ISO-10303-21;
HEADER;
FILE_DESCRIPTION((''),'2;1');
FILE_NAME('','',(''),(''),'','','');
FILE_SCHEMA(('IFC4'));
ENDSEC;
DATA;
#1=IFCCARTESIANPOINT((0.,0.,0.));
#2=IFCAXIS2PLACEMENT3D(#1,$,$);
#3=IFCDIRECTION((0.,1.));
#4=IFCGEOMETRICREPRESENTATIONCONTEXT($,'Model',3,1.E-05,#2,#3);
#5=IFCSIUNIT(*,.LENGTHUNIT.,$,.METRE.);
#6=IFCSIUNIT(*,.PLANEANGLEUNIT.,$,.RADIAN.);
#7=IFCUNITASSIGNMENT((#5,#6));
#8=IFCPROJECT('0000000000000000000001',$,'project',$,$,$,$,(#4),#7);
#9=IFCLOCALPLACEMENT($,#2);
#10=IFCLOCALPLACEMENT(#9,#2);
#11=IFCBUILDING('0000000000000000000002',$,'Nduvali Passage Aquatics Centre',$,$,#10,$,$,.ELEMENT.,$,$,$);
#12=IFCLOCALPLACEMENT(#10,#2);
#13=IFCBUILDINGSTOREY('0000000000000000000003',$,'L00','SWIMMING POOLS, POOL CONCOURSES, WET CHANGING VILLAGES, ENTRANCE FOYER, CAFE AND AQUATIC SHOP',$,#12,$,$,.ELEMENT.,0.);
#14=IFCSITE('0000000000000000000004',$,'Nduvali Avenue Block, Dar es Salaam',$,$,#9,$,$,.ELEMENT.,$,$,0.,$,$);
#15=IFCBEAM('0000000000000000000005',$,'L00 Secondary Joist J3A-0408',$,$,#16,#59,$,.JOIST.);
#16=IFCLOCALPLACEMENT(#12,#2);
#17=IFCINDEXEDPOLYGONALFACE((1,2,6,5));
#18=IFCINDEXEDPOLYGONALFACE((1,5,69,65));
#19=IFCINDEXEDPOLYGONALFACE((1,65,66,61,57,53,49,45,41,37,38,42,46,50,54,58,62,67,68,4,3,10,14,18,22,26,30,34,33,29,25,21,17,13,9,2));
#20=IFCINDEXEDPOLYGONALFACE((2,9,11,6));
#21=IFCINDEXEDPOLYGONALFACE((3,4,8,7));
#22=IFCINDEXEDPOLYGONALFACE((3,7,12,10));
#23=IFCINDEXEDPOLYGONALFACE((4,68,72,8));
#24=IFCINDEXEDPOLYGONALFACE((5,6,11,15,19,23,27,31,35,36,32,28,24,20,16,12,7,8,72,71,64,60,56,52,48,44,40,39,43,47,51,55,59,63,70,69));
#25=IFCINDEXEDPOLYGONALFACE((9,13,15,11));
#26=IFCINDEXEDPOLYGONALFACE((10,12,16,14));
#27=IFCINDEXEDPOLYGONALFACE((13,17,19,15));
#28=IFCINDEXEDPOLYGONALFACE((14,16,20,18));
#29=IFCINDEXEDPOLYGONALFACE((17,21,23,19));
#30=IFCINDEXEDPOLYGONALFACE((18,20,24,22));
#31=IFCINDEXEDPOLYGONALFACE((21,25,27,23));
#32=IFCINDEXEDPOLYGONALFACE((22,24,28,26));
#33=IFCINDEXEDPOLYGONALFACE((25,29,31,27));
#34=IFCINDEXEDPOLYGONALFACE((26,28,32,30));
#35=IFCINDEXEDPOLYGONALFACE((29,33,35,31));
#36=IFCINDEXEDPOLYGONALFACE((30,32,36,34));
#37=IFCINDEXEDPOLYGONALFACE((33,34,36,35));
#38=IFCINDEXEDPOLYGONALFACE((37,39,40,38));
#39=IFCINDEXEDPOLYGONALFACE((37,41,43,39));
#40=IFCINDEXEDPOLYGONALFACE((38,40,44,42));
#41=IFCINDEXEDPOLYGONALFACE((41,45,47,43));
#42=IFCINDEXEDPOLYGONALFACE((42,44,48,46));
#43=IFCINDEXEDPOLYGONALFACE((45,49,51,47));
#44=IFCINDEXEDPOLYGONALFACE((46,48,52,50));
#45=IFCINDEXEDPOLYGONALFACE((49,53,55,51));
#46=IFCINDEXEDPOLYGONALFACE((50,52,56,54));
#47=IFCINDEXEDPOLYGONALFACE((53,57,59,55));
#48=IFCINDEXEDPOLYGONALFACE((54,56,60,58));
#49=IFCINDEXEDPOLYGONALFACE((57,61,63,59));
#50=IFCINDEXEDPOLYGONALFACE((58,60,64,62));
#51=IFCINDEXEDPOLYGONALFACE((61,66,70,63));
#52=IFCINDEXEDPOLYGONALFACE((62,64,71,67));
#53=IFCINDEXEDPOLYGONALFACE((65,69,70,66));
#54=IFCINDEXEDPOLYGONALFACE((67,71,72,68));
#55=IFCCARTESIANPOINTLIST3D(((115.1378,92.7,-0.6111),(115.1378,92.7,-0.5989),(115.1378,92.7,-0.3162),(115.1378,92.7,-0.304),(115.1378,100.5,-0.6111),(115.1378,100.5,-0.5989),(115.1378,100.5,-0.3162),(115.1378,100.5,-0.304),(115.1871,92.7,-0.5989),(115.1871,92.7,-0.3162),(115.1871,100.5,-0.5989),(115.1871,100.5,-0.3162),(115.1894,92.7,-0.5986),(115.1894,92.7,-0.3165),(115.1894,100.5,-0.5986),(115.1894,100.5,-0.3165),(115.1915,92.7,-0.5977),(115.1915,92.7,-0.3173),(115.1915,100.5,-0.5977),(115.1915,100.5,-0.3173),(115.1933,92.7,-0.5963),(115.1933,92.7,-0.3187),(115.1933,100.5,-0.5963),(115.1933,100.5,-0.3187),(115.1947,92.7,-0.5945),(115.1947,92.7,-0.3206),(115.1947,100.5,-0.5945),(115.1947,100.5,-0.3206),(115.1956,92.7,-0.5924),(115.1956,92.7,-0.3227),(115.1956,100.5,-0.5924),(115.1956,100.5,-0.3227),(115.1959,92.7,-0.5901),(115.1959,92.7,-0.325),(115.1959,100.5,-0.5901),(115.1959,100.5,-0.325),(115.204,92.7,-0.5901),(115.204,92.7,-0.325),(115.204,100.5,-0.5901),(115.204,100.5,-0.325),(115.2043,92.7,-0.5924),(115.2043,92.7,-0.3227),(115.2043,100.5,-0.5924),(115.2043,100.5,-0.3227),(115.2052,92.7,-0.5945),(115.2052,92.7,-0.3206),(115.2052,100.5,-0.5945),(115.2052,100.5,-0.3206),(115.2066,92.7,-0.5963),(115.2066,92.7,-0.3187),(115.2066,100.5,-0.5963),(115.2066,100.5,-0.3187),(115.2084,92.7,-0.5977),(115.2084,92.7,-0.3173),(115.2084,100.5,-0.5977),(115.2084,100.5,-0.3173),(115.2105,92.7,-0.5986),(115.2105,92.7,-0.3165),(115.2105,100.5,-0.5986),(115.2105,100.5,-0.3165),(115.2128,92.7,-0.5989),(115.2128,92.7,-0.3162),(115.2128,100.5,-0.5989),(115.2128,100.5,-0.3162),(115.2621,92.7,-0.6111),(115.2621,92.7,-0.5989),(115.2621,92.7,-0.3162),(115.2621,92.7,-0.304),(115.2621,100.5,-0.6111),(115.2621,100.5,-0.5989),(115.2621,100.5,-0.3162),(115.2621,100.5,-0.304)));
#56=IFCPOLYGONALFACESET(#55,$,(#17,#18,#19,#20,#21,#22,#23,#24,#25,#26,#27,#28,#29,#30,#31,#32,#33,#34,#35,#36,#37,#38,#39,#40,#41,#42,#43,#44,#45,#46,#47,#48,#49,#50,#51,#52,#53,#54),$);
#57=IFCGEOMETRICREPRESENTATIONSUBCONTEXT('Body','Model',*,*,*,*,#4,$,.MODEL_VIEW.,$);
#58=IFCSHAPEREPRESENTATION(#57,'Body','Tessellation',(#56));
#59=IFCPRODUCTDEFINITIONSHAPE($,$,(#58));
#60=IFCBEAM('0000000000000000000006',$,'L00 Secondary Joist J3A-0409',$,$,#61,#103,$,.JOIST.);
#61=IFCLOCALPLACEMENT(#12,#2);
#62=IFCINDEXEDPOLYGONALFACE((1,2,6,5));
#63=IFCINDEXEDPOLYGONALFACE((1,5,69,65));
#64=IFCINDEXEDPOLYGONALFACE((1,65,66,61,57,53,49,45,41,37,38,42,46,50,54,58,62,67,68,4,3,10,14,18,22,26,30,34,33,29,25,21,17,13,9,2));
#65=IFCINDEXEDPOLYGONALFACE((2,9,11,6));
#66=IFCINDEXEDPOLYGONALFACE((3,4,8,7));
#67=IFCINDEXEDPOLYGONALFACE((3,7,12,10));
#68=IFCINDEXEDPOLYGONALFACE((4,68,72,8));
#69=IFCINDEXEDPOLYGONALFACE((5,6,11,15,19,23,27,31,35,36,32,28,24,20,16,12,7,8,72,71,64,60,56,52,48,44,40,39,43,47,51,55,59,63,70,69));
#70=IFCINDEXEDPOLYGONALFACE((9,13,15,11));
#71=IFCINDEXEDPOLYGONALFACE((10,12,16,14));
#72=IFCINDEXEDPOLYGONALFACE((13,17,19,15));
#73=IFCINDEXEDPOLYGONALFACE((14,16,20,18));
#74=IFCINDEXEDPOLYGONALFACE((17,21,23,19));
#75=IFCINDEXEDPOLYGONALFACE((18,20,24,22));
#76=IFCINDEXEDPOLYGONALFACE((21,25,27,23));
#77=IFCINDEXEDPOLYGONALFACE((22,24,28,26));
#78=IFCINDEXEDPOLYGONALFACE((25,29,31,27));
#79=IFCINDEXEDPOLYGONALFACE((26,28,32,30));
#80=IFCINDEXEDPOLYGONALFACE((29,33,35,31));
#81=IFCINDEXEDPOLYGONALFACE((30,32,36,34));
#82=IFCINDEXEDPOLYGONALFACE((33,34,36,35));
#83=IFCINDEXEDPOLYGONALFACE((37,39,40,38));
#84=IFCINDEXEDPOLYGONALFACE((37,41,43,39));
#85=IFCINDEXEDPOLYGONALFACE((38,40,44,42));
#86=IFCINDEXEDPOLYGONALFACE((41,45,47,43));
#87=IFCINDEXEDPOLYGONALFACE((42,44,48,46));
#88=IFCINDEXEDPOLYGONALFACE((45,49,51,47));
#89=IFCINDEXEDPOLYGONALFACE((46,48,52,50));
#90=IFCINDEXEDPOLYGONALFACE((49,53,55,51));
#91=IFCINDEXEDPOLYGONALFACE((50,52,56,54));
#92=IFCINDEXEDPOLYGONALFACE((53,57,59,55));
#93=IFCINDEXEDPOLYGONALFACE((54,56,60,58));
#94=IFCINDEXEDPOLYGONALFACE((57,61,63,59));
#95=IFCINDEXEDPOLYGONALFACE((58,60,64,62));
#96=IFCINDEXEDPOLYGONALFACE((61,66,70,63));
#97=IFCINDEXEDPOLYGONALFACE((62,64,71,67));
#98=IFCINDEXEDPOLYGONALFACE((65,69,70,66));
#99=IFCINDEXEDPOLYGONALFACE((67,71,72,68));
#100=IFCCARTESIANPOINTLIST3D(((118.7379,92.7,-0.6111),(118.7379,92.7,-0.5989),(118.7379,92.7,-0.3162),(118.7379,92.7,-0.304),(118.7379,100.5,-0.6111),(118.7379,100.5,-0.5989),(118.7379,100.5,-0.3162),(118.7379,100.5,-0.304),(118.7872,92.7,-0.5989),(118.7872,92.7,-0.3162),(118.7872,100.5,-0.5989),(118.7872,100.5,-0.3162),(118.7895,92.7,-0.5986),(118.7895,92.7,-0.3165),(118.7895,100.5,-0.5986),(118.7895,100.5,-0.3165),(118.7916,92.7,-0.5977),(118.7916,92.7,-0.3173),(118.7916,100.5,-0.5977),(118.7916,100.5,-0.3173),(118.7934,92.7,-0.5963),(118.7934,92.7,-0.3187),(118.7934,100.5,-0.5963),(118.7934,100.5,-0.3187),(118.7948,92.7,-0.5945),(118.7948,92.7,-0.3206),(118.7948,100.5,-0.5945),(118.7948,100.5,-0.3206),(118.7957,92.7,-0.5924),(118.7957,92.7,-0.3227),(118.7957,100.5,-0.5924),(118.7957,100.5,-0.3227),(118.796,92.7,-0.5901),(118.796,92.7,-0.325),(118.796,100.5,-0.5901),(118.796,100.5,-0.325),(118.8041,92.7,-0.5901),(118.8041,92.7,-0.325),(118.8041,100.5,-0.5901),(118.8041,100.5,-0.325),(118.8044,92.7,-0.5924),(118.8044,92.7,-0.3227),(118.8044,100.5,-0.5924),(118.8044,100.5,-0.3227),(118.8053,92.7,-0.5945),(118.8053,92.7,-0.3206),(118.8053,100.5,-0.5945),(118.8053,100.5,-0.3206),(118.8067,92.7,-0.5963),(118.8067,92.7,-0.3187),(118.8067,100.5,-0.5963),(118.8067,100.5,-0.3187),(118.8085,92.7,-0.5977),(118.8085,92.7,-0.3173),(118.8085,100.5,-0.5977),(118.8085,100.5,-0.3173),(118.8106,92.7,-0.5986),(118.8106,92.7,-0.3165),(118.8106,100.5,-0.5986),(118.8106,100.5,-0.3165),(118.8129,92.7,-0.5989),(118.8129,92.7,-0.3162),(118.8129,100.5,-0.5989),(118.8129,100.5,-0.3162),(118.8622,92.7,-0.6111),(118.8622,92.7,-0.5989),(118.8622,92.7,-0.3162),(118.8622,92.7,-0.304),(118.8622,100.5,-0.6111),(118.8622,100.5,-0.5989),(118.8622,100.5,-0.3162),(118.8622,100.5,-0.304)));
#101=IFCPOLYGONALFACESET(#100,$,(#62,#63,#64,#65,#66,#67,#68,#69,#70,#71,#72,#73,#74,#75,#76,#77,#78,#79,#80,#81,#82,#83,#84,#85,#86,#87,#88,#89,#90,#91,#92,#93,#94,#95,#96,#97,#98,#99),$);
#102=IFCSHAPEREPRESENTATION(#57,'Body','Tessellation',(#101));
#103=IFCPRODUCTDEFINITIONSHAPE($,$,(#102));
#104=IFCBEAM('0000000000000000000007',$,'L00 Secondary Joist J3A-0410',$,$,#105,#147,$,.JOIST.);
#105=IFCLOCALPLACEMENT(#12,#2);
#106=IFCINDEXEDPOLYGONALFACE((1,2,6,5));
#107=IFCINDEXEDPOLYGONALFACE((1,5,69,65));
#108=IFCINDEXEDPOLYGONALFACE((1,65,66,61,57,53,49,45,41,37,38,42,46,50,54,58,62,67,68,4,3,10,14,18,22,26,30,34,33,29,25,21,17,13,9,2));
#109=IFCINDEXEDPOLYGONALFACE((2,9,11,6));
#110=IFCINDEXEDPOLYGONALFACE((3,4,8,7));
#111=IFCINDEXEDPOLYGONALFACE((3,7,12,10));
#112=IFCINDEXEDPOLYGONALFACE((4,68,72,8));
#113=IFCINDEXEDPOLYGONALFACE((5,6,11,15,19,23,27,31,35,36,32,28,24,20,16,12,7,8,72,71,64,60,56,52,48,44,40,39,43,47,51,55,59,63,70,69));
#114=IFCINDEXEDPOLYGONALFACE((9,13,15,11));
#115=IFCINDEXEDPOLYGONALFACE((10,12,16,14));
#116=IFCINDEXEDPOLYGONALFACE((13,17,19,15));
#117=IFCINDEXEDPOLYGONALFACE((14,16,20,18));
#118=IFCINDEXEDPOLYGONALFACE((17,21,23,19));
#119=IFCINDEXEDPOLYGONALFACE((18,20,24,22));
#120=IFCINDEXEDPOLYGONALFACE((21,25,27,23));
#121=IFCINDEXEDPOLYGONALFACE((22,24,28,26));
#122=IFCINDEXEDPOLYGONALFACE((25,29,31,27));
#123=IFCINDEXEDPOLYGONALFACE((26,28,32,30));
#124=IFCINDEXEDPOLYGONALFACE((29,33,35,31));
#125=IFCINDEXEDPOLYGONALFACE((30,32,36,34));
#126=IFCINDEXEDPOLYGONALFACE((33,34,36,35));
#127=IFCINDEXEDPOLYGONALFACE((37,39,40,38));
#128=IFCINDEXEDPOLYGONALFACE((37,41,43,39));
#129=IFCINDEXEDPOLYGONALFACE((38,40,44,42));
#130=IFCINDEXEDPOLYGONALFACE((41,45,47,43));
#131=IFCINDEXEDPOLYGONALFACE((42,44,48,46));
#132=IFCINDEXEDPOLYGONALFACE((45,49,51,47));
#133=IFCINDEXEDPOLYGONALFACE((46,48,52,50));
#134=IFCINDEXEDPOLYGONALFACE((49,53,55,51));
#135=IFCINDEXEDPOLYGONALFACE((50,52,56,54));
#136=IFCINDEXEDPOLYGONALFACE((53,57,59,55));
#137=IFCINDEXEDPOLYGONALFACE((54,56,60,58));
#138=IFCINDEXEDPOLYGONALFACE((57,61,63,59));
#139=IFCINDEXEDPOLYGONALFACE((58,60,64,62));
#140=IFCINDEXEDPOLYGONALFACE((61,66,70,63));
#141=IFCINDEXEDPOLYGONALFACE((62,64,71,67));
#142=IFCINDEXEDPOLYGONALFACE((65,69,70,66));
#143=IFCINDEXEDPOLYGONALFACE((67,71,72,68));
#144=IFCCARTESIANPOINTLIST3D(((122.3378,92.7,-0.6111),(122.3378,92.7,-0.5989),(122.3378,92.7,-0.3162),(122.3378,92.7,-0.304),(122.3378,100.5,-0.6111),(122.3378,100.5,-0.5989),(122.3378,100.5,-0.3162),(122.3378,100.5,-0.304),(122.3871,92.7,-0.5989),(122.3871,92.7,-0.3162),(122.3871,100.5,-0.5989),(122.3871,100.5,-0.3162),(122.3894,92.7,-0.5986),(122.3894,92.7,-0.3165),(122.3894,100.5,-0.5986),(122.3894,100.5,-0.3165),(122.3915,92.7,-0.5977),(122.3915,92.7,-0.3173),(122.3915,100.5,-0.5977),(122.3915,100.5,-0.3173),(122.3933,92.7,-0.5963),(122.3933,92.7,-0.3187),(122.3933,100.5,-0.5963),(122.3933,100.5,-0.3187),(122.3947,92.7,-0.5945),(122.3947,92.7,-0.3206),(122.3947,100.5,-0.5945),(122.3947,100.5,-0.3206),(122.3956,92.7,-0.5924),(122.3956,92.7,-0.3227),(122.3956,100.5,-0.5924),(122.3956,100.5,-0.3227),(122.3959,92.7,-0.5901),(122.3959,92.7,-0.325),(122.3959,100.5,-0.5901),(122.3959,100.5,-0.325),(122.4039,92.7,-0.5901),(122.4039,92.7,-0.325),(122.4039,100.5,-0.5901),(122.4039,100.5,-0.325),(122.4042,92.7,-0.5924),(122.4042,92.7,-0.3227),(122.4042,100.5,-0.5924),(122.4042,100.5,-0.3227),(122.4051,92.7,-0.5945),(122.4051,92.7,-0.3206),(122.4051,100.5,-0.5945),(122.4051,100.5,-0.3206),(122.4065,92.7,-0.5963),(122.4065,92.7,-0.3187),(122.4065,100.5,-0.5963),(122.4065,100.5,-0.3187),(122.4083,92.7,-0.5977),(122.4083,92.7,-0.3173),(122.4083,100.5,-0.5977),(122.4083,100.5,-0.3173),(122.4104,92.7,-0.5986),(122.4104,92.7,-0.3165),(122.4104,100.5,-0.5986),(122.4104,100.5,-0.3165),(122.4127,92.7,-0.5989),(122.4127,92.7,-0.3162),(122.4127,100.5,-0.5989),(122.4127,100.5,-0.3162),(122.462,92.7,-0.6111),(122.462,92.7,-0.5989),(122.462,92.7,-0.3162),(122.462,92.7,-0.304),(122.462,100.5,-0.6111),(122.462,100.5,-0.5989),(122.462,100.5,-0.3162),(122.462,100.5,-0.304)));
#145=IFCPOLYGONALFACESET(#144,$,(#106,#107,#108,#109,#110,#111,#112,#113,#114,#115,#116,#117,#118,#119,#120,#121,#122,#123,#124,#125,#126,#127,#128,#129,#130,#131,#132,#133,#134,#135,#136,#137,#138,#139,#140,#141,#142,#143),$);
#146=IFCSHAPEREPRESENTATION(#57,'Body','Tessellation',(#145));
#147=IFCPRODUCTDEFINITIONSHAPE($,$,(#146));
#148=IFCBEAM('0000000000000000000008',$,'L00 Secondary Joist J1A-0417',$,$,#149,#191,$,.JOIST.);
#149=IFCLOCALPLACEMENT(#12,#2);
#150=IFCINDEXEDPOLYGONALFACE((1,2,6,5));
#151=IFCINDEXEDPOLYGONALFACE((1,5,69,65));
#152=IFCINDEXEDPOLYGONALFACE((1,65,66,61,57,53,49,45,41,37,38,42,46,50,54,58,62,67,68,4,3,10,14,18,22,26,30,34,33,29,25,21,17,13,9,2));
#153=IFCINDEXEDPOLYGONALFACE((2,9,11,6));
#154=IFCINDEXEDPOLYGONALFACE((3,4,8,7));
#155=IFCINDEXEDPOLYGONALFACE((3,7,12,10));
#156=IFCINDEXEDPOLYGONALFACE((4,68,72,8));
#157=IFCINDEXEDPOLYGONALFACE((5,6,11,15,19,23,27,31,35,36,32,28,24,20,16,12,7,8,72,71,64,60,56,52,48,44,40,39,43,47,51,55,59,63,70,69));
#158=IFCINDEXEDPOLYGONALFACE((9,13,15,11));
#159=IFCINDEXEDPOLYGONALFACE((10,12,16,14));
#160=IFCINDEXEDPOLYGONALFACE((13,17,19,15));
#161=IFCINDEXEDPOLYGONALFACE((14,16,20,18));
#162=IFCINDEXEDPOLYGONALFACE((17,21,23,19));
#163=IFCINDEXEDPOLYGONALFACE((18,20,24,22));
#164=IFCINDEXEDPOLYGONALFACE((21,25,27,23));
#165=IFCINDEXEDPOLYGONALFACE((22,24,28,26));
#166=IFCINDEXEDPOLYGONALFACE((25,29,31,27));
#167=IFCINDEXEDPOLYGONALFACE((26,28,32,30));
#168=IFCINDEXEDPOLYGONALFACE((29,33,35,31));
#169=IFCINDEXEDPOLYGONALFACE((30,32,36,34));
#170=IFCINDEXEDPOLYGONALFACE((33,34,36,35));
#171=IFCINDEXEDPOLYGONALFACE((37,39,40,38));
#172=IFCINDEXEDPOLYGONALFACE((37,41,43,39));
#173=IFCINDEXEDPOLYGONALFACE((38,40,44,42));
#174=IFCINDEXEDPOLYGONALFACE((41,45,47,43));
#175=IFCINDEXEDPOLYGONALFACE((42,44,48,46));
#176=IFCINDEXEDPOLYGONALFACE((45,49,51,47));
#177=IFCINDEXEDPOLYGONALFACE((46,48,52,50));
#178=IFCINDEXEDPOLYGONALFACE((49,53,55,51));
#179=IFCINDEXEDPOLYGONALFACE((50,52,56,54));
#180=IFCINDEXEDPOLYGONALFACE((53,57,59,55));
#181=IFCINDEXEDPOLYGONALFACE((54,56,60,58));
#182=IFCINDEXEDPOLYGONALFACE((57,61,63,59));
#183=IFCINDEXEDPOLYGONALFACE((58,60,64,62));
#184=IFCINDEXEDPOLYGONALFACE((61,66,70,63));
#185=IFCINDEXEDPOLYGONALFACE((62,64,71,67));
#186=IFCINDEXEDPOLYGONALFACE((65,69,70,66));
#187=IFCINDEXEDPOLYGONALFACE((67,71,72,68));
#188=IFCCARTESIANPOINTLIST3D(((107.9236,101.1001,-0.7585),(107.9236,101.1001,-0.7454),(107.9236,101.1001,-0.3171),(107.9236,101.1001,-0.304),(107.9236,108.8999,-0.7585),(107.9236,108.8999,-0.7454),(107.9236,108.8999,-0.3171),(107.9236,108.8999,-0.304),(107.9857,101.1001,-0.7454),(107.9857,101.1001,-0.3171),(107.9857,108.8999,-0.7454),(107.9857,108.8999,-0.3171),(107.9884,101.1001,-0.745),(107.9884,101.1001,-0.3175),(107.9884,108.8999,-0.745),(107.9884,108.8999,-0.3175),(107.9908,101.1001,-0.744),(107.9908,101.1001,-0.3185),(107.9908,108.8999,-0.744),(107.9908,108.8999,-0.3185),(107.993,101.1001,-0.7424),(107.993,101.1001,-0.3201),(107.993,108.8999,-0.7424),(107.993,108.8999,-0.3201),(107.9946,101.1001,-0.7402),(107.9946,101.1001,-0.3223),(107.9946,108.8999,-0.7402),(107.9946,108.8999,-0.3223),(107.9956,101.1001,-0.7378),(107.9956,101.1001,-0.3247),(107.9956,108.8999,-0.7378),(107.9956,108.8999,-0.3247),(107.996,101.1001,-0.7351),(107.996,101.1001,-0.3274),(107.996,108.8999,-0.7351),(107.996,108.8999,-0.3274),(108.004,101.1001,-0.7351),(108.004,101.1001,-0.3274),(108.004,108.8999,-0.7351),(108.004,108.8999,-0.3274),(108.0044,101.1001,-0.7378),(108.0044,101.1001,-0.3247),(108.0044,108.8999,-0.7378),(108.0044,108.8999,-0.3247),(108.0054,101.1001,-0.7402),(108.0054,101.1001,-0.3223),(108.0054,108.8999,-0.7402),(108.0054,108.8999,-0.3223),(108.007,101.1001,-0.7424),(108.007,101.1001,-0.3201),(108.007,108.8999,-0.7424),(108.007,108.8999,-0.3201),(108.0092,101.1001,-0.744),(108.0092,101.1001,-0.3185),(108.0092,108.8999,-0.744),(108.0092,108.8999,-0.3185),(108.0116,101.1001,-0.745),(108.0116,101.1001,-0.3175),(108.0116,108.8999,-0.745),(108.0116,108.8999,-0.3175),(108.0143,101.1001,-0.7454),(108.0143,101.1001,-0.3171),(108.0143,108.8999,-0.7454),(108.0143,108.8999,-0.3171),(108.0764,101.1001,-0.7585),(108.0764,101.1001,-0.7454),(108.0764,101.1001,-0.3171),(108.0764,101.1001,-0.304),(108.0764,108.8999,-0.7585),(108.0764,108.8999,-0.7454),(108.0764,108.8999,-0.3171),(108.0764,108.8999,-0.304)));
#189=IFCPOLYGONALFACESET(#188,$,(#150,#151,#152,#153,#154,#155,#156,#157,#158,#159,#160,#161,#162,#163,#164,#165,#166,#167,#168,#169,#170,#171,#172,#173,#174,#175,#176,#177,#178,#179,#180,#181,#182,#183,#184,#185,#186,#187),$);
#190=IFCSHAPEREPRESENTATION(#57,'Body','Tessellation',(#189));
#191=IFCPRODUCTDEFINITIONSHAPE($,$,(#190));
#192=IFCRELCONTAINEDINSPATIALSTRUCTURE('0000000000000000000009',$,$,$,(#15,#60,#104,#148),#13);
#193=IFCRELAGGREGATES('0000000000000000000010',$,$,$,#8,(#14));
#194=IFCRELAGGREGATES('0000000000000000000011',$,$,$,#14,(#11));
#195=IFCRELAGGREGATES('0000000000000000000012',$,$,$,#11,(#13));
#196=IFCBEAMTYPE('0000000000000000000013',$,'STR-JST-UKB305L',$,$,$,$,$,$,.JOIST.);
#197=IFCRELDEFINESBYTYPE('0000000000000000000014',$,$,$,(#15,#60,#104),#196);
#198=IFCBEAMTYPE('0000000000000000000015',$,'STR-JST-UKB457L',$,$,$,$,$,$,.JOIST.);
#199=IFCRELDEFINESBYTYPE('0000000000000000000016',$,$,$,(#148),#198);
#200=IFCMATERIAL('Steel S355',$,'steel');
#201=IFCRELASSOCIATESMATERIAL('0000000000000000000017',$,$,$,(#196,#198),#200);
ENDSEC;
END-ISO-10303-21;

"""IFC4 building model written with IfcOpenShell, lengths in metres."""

from ifc_helpers import new_model, si_unit, direction, frame, origin, origin_2d, place, context, subcontext, project, spatial, i_section, extrude, material, material_profile, profile_set, type_object, element, save


model = new_model("IFC4")

# Units and contexts
model_context = context("Model", 3, precision=1e-05, world=origin(), true_north=direction((0.0, 1.0)))
body_context = subcontext(model_context, "Body", "Model", "MODEL_VIEW")
ifc_project = project(units=[si_unit("LENGTHUNIT", "METRE"), si_unit("PLANEANGLEUNIT", "RADIAN")], contexts=[model_context])

# Site, building, storey
site_placement = place(None, origin())
site = spatial("IfcSite", under=ifc_project, at=site_placement, Name="Nduvali Avenue Block, Dar es Salaam", CompositionType="ELEMENT", RefElevation=0.0)
building_placement = place(site_placement, origin())
building = spatial("IfcBuilding", under=site, at=building_placement, Name="Nduvali Passage Aquatics Centre", CompositionType="ELEMENT")
storey_placement = place(building_placement, origin())
storey = spatial("IfcBuildingStorey", under=building, at=storey_placement, Name="L00", Description="SWIMMING POOLS, POOL CONCOURSES, WET CHANGING VILLAGES, ENTRANCE FOYER, CAFE AND AQUATIC SHOP", CompositionType="ELEMENT", Elevation=0.0)

# Beams
ifc_material_1 = material(Name="Steel S355", Category="steel")
ifc_material_profile_1 = material_profile(ifc_material_1, i_section(OverallWidth=0.1243, OverallDepth=0.3071, WebThickness=0.0081, FlangeThickness=0.0122, FilletRadius=0.0088, at=origin_2d()), Name="UKB 305x127x42")
ifc_profile_set_1 = profile_set([ifc_material_profile_1], Name="Steel S355")
beam_type_1 = type_object("IfcBeamType", Name="STR-JST-UKB305L", PredefinedType="JOIST", material=ifc_profile_set_1)
for number, where, z_axis, x_axis, name in (
    (1, (115.2, 92.7, -0.4575), (0.0, 1.0, 0.0), (-1.0, 0.0, 0.0), "L00 Secondary Joist J3A-0408"),
    (2, (118.8, 92.7, -0.4575), (0.0, 1.0, 0.0), (-1.0, 0.0, 0.0), "L00 Secondary Joist J3A-0409"),
    (3, (122.3999, 92.7, -0.4575), (0.0, 1.0, 0.0), (-1.0, 0.0, 0.0), "L00 Secondary Joist J3A-0410"),
):
    element("IfcBeam", number, at=place(storey_placement, frame(where, z_axis=z_axis, x_axis=x_axis)), inside=storey, type_object=beam_type_1, Name=name, PredefinedType="JOIST", context=body_context, shape_type="SweptSolid", body=[
        extrude(i_section(OverallWidth=0.1243, OverallDepth=0.3071, WebThickness=0.0081, FlangeThickness=0.0122, FilletRadius=0.0088, at=origin_2d()), origin(), (0.0, 0.0, 1.0), 7.8),
    ])
ifc_material_profile_2 = material_profile(ifc_material_1, i_section(OverallWidth=0.1528, OverallDepth=0.4546, WebThickness=0.0081, FlangeThickness=0.0132, FilletRadius=0.0103, at=origin_2d()), Name="UKB 457x152x60")
ifc_profile_set_2 = profile_set([ifc_material_profile_2], Name="Steel S355")
beam_type_2 = type_object("IfcBeamType", Name="STR-JST-UKB457L", PredefinedType="JOIST", material=ifc_profile_set_2)
beam_1_placement = place(storey_placement, frame((108.0, 101.1001, -0.5312), z_axis=(0.0, 1.0, 0.0), x_axis=(-1.0, 0.0, 0.0)))
element("IfcBeam", 4, at=beam_1_placement, inside=storey, type_object=beam_type_2, Name="L00 Secondary Joist J1A-0417", PredefinedType="JOIST", context=body_context, shape_type="SweptSolid", body=[
    extrude(i_section(OverallWidth=0.1528, OverallDepth=0.4546, WebThickness=0.0081, FlangeThickness=0.0132, FilletRadius=0.0103, at=origin_2d()), origin(), (0.0, 0.0, 1.0), 7.7998),
])

save(model, "model.ifc")
